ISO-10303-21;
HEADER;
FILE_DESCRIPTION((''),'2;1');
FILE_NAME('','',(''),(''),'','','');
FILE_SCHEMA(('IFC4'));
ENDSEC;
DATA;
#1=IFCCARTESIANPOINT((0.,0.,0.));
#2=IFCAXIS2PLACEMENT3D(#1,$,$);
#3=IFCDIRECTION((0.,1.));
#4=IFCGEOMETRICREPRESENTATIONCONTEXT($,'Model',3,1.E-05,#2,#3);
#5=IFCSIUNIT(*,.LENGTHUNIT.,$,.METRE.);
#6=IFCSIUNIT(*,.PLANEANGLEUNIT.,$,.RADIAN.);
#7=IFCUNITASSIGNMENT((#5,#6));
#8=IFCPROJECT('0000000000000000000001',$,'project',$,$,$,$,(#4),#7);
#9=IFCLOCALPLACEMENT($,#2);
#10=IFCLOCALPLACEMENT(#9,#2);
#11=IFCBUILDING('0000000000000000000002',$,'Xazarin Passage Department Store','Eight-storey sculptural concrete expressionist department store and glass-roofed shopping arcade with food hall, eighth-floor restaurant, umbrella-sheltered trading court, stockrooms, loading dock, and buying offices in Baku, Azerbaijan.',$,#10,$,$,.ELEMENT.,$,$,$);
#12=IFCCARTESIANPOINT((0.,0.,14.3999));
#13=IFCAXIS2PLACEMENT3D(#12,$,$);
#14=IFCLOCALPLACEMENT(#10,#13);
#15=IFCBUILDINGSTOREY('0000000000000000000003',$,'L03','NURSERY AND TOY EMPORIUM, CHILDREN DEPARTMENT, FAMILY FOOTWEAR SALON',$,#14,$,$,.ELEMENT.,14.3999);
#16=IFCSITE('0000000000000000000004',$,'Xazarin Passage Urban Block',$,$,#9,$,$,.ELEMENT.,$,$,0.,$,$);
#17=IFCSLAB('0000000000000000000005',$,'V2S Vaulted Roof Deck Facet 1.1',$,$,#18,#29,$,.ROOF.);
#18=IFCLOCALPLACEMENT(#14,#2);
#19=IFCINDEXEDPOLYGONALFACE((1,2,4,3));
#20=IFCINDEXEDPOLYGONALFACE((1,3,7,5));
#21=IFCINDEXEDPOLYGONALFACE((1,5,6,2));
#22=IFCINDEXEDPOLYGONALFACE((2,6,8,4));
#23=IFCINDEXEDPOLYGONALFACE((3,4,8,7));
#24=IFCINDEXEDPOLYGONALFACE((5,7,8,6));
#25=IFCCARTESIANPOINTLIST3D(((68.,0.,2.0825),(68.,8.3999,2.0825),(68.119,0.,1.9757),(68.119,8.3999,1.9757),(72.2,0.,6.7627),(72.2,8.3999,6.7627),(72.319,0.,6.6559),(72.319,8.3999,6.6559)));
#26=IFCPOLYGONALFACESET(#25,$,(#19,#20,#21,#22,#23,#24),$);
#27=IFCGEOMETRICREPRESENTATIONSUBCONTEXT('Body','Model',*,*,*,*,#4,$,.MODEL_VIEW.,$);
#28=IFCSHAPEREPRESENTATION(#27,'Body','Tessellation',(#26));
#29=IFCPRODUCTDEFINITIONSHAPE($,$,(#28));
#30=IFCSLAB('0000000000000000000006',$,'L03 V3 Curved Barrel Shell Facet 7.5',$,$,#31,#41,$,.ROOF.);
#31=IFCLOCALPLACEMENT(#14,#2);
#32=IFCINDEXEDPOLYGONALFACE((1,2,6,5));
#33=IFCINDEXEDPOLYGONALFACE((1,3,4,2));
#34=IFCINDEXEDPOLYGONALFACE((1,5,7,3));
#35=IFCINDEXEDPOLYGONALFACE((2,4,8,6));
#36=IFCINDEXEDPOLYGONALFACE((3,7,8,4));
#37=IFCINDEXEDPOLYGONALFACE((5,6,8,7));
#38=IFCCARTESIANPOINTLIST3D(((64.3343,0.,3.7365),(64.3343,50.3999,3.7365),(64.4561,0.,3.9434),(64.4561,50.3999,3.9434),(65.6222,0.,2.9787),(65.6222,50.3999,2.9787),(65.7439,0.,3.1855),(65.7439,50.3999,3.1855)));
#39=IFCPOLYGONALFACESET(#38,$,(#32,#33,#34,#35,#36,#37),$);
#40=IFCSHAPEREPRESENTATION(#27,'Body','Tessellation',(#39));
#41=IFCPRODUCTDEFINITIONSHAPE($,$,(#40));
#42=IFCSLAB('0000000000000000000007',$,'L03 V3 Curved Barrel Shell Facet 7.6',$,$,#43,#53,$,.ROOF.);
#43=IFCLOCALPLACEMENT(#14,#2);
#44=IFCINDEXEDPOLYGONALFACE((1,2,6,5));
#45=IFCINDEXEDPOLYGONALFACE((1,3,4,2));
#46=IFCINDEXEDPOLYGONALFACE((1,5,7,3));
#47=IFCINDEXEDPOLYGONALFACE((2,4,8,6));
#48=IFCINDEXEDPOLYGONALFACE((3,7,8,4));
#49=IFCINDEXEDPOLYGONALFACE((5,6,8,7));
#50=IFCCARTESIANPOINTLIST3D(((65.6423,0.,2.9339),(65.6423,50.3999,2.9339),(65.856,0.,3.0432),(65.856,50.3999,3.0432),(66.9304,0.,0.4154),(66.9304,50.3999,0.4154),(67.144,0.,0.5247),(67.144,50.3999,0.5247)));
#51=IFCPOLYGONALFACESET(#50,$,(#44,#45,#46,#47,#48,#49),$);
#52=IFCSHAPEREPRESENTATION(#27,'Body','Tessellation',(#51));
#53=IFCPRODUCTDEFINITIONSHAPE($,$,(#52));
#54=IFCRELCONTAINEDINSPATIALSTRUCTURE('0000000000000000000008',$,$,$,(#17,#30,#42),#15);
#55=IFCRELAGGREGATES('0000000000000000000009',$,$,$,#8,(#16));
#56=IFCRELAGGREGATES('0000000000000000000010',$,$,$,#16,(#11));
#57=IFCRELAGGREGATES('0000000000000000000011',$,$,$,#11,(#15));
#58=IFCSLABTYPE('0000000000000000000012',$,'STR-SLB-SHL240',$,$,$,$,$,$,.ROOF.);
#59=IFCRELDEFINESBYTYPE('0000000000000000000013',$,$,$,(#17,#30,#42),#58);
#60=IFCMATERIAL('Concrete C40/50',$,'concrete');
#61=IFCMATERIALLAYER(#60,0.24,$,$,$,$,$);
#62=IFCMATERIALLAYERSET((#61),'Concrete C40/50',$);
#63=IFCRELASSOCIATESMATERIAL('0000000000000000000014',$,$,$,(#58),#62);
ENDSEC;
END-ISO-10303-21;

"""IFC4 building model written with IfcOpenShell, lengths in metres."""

from ifc_helpers import new_model, si_unit, direction, frame, origin, place, context, subcontext, project, spatial, polyline, outline, extrude, material, layer, layer_set, type_object, element, save


model = new_model("IFC4")

# Units and contexts
model_context = context("Model", 3, precision=1e-05, world=origin(), true_north=direction((0.0, 1.0)))
body_context = subcontext(model_context, "Body", "Model", "MODEL_VIEW")
ifc_project = project(units=[si_unit("LENGTHUNIT", "METRE"), si_unit("PLANEANGLEUNIT", "RADIAN")], contexts=[model_context])

# Site, building, storey
site_placement = place(None, origin())
site = spatial("IfcSite", under=ifc_project, at=site_placement, Name="Xazarin Passage Urban Block", CompositionType="ELEMENT", RefElevation=0.0)
building_placement = place(site_placement, origin())
building = spatial("IfcBuilding", under=site, at=building_placement, Name="Xazarin Passage Department Store", Description="Eight-storey sculptural concrete expressionist department store and glass-roofed shopping arcade with food hall, eighth-floor restaurant, umbrella-sheltered trading court, stockrooms, loading dock, and buying offices in Baku, Azerbaijan.", CompositionType="ELEMENT")
storey_placement = place(building_placement, frame((0.0, 0.0, 14.3999)))
storey = spatial("IfcBuildingStorey", under=building, at=storey_placement, Name="L03", Description="NURSERY AND TOY EMPORIUM, CHILDREN DEPARTMENT, FAMILY FOOTWEAR SALON", CompositionType="ELEMENT", Elevation=14.3999)

# Shared definitions
ifc_material_1 = material(Name="Concrete C40/50", Category="concrete")

# Slabs
ifc_layer_1 = layer(ifc_material_1, 0.24)
ifc_layer_set_1 = layer_set([ifc_layer_1], Name="Concrete C40/50")
slab_type = type_object("IfcSlabType", Name="STR-SLB-SHL240", PredefinedType="ROOF", material=ifc_layer_set_1)
slab_1_placement = place(storey_placement, frame((68.0, 0.0, 2.0825), z_axis=(-0.744259, 0.0, 0.667892), x_axis=(0.667892, 0.0, 0.744259)))
element("IfcSlab", 1, at=slab_1_placement, inside=storey, type_object=slab_type, Name="V2S Vaulted Roof Deck Facet 1.1", PredefinedType="ROOF", context=body_context, shape_type="SweptSolid", body=[
    extrude(outline(polyline([(0.0, 0.0), (6.2884, 0.0), (6.2884, 8.3999), (0.0, 8.3999), (0.0, 0.0)])), origin(), (0.0, 0.0, -1.0), 0.1599),
])
slab_2_placement = place(storey_placement, frame((64.4561, 0.0, 3.9434), z_axis=(0.507149, 0.0, 0.861859), x_axis=(0.861859, 0.0, -0.507149)))
element("IfcSlab", 2, at=slab_2_placement, inside=storey, type_object=slab_type, Name="L03 V3 Curved Barrel Shell Facet 7.5", PredefinedType="ROOF", context=body_context, shape_type="SweptSolid", body=[
    extrude(outline(polyline([(0.0, 0.0), (1.4943, 0.0), (1.4943, 50.3999), (0.0, 50.3999), (0.0, 0.0)])), origin(), (0.0, 0.0, -1.0), 0.24),
])
slab_3_placement = place(storey_placement, frame((65.856, 0.0, 3.0432), z_axis=(0.890317, 0.0, 0.455342), x_axis=(0.455342, 0.0, -0.890317)))
element("IfcSlab", 3, at=slab_3_placement, inside=storey, type_object=slab_type, Name="L03 V3 Curved Barrel Shell Facet 7.6", PredefinedType="ROOF", context=body_context, shape_type="SweptSolid", body=[
    extrude(outline(polyline([(0.0, 0.0), (2.8288, 0.0), (2.8288, 50.3999), (0.0, 50.3999), (0.0, 0.0)])), origin(), (0.0, 0.0, -1.0), 0.24),
])

save(model, "model.ifc")
